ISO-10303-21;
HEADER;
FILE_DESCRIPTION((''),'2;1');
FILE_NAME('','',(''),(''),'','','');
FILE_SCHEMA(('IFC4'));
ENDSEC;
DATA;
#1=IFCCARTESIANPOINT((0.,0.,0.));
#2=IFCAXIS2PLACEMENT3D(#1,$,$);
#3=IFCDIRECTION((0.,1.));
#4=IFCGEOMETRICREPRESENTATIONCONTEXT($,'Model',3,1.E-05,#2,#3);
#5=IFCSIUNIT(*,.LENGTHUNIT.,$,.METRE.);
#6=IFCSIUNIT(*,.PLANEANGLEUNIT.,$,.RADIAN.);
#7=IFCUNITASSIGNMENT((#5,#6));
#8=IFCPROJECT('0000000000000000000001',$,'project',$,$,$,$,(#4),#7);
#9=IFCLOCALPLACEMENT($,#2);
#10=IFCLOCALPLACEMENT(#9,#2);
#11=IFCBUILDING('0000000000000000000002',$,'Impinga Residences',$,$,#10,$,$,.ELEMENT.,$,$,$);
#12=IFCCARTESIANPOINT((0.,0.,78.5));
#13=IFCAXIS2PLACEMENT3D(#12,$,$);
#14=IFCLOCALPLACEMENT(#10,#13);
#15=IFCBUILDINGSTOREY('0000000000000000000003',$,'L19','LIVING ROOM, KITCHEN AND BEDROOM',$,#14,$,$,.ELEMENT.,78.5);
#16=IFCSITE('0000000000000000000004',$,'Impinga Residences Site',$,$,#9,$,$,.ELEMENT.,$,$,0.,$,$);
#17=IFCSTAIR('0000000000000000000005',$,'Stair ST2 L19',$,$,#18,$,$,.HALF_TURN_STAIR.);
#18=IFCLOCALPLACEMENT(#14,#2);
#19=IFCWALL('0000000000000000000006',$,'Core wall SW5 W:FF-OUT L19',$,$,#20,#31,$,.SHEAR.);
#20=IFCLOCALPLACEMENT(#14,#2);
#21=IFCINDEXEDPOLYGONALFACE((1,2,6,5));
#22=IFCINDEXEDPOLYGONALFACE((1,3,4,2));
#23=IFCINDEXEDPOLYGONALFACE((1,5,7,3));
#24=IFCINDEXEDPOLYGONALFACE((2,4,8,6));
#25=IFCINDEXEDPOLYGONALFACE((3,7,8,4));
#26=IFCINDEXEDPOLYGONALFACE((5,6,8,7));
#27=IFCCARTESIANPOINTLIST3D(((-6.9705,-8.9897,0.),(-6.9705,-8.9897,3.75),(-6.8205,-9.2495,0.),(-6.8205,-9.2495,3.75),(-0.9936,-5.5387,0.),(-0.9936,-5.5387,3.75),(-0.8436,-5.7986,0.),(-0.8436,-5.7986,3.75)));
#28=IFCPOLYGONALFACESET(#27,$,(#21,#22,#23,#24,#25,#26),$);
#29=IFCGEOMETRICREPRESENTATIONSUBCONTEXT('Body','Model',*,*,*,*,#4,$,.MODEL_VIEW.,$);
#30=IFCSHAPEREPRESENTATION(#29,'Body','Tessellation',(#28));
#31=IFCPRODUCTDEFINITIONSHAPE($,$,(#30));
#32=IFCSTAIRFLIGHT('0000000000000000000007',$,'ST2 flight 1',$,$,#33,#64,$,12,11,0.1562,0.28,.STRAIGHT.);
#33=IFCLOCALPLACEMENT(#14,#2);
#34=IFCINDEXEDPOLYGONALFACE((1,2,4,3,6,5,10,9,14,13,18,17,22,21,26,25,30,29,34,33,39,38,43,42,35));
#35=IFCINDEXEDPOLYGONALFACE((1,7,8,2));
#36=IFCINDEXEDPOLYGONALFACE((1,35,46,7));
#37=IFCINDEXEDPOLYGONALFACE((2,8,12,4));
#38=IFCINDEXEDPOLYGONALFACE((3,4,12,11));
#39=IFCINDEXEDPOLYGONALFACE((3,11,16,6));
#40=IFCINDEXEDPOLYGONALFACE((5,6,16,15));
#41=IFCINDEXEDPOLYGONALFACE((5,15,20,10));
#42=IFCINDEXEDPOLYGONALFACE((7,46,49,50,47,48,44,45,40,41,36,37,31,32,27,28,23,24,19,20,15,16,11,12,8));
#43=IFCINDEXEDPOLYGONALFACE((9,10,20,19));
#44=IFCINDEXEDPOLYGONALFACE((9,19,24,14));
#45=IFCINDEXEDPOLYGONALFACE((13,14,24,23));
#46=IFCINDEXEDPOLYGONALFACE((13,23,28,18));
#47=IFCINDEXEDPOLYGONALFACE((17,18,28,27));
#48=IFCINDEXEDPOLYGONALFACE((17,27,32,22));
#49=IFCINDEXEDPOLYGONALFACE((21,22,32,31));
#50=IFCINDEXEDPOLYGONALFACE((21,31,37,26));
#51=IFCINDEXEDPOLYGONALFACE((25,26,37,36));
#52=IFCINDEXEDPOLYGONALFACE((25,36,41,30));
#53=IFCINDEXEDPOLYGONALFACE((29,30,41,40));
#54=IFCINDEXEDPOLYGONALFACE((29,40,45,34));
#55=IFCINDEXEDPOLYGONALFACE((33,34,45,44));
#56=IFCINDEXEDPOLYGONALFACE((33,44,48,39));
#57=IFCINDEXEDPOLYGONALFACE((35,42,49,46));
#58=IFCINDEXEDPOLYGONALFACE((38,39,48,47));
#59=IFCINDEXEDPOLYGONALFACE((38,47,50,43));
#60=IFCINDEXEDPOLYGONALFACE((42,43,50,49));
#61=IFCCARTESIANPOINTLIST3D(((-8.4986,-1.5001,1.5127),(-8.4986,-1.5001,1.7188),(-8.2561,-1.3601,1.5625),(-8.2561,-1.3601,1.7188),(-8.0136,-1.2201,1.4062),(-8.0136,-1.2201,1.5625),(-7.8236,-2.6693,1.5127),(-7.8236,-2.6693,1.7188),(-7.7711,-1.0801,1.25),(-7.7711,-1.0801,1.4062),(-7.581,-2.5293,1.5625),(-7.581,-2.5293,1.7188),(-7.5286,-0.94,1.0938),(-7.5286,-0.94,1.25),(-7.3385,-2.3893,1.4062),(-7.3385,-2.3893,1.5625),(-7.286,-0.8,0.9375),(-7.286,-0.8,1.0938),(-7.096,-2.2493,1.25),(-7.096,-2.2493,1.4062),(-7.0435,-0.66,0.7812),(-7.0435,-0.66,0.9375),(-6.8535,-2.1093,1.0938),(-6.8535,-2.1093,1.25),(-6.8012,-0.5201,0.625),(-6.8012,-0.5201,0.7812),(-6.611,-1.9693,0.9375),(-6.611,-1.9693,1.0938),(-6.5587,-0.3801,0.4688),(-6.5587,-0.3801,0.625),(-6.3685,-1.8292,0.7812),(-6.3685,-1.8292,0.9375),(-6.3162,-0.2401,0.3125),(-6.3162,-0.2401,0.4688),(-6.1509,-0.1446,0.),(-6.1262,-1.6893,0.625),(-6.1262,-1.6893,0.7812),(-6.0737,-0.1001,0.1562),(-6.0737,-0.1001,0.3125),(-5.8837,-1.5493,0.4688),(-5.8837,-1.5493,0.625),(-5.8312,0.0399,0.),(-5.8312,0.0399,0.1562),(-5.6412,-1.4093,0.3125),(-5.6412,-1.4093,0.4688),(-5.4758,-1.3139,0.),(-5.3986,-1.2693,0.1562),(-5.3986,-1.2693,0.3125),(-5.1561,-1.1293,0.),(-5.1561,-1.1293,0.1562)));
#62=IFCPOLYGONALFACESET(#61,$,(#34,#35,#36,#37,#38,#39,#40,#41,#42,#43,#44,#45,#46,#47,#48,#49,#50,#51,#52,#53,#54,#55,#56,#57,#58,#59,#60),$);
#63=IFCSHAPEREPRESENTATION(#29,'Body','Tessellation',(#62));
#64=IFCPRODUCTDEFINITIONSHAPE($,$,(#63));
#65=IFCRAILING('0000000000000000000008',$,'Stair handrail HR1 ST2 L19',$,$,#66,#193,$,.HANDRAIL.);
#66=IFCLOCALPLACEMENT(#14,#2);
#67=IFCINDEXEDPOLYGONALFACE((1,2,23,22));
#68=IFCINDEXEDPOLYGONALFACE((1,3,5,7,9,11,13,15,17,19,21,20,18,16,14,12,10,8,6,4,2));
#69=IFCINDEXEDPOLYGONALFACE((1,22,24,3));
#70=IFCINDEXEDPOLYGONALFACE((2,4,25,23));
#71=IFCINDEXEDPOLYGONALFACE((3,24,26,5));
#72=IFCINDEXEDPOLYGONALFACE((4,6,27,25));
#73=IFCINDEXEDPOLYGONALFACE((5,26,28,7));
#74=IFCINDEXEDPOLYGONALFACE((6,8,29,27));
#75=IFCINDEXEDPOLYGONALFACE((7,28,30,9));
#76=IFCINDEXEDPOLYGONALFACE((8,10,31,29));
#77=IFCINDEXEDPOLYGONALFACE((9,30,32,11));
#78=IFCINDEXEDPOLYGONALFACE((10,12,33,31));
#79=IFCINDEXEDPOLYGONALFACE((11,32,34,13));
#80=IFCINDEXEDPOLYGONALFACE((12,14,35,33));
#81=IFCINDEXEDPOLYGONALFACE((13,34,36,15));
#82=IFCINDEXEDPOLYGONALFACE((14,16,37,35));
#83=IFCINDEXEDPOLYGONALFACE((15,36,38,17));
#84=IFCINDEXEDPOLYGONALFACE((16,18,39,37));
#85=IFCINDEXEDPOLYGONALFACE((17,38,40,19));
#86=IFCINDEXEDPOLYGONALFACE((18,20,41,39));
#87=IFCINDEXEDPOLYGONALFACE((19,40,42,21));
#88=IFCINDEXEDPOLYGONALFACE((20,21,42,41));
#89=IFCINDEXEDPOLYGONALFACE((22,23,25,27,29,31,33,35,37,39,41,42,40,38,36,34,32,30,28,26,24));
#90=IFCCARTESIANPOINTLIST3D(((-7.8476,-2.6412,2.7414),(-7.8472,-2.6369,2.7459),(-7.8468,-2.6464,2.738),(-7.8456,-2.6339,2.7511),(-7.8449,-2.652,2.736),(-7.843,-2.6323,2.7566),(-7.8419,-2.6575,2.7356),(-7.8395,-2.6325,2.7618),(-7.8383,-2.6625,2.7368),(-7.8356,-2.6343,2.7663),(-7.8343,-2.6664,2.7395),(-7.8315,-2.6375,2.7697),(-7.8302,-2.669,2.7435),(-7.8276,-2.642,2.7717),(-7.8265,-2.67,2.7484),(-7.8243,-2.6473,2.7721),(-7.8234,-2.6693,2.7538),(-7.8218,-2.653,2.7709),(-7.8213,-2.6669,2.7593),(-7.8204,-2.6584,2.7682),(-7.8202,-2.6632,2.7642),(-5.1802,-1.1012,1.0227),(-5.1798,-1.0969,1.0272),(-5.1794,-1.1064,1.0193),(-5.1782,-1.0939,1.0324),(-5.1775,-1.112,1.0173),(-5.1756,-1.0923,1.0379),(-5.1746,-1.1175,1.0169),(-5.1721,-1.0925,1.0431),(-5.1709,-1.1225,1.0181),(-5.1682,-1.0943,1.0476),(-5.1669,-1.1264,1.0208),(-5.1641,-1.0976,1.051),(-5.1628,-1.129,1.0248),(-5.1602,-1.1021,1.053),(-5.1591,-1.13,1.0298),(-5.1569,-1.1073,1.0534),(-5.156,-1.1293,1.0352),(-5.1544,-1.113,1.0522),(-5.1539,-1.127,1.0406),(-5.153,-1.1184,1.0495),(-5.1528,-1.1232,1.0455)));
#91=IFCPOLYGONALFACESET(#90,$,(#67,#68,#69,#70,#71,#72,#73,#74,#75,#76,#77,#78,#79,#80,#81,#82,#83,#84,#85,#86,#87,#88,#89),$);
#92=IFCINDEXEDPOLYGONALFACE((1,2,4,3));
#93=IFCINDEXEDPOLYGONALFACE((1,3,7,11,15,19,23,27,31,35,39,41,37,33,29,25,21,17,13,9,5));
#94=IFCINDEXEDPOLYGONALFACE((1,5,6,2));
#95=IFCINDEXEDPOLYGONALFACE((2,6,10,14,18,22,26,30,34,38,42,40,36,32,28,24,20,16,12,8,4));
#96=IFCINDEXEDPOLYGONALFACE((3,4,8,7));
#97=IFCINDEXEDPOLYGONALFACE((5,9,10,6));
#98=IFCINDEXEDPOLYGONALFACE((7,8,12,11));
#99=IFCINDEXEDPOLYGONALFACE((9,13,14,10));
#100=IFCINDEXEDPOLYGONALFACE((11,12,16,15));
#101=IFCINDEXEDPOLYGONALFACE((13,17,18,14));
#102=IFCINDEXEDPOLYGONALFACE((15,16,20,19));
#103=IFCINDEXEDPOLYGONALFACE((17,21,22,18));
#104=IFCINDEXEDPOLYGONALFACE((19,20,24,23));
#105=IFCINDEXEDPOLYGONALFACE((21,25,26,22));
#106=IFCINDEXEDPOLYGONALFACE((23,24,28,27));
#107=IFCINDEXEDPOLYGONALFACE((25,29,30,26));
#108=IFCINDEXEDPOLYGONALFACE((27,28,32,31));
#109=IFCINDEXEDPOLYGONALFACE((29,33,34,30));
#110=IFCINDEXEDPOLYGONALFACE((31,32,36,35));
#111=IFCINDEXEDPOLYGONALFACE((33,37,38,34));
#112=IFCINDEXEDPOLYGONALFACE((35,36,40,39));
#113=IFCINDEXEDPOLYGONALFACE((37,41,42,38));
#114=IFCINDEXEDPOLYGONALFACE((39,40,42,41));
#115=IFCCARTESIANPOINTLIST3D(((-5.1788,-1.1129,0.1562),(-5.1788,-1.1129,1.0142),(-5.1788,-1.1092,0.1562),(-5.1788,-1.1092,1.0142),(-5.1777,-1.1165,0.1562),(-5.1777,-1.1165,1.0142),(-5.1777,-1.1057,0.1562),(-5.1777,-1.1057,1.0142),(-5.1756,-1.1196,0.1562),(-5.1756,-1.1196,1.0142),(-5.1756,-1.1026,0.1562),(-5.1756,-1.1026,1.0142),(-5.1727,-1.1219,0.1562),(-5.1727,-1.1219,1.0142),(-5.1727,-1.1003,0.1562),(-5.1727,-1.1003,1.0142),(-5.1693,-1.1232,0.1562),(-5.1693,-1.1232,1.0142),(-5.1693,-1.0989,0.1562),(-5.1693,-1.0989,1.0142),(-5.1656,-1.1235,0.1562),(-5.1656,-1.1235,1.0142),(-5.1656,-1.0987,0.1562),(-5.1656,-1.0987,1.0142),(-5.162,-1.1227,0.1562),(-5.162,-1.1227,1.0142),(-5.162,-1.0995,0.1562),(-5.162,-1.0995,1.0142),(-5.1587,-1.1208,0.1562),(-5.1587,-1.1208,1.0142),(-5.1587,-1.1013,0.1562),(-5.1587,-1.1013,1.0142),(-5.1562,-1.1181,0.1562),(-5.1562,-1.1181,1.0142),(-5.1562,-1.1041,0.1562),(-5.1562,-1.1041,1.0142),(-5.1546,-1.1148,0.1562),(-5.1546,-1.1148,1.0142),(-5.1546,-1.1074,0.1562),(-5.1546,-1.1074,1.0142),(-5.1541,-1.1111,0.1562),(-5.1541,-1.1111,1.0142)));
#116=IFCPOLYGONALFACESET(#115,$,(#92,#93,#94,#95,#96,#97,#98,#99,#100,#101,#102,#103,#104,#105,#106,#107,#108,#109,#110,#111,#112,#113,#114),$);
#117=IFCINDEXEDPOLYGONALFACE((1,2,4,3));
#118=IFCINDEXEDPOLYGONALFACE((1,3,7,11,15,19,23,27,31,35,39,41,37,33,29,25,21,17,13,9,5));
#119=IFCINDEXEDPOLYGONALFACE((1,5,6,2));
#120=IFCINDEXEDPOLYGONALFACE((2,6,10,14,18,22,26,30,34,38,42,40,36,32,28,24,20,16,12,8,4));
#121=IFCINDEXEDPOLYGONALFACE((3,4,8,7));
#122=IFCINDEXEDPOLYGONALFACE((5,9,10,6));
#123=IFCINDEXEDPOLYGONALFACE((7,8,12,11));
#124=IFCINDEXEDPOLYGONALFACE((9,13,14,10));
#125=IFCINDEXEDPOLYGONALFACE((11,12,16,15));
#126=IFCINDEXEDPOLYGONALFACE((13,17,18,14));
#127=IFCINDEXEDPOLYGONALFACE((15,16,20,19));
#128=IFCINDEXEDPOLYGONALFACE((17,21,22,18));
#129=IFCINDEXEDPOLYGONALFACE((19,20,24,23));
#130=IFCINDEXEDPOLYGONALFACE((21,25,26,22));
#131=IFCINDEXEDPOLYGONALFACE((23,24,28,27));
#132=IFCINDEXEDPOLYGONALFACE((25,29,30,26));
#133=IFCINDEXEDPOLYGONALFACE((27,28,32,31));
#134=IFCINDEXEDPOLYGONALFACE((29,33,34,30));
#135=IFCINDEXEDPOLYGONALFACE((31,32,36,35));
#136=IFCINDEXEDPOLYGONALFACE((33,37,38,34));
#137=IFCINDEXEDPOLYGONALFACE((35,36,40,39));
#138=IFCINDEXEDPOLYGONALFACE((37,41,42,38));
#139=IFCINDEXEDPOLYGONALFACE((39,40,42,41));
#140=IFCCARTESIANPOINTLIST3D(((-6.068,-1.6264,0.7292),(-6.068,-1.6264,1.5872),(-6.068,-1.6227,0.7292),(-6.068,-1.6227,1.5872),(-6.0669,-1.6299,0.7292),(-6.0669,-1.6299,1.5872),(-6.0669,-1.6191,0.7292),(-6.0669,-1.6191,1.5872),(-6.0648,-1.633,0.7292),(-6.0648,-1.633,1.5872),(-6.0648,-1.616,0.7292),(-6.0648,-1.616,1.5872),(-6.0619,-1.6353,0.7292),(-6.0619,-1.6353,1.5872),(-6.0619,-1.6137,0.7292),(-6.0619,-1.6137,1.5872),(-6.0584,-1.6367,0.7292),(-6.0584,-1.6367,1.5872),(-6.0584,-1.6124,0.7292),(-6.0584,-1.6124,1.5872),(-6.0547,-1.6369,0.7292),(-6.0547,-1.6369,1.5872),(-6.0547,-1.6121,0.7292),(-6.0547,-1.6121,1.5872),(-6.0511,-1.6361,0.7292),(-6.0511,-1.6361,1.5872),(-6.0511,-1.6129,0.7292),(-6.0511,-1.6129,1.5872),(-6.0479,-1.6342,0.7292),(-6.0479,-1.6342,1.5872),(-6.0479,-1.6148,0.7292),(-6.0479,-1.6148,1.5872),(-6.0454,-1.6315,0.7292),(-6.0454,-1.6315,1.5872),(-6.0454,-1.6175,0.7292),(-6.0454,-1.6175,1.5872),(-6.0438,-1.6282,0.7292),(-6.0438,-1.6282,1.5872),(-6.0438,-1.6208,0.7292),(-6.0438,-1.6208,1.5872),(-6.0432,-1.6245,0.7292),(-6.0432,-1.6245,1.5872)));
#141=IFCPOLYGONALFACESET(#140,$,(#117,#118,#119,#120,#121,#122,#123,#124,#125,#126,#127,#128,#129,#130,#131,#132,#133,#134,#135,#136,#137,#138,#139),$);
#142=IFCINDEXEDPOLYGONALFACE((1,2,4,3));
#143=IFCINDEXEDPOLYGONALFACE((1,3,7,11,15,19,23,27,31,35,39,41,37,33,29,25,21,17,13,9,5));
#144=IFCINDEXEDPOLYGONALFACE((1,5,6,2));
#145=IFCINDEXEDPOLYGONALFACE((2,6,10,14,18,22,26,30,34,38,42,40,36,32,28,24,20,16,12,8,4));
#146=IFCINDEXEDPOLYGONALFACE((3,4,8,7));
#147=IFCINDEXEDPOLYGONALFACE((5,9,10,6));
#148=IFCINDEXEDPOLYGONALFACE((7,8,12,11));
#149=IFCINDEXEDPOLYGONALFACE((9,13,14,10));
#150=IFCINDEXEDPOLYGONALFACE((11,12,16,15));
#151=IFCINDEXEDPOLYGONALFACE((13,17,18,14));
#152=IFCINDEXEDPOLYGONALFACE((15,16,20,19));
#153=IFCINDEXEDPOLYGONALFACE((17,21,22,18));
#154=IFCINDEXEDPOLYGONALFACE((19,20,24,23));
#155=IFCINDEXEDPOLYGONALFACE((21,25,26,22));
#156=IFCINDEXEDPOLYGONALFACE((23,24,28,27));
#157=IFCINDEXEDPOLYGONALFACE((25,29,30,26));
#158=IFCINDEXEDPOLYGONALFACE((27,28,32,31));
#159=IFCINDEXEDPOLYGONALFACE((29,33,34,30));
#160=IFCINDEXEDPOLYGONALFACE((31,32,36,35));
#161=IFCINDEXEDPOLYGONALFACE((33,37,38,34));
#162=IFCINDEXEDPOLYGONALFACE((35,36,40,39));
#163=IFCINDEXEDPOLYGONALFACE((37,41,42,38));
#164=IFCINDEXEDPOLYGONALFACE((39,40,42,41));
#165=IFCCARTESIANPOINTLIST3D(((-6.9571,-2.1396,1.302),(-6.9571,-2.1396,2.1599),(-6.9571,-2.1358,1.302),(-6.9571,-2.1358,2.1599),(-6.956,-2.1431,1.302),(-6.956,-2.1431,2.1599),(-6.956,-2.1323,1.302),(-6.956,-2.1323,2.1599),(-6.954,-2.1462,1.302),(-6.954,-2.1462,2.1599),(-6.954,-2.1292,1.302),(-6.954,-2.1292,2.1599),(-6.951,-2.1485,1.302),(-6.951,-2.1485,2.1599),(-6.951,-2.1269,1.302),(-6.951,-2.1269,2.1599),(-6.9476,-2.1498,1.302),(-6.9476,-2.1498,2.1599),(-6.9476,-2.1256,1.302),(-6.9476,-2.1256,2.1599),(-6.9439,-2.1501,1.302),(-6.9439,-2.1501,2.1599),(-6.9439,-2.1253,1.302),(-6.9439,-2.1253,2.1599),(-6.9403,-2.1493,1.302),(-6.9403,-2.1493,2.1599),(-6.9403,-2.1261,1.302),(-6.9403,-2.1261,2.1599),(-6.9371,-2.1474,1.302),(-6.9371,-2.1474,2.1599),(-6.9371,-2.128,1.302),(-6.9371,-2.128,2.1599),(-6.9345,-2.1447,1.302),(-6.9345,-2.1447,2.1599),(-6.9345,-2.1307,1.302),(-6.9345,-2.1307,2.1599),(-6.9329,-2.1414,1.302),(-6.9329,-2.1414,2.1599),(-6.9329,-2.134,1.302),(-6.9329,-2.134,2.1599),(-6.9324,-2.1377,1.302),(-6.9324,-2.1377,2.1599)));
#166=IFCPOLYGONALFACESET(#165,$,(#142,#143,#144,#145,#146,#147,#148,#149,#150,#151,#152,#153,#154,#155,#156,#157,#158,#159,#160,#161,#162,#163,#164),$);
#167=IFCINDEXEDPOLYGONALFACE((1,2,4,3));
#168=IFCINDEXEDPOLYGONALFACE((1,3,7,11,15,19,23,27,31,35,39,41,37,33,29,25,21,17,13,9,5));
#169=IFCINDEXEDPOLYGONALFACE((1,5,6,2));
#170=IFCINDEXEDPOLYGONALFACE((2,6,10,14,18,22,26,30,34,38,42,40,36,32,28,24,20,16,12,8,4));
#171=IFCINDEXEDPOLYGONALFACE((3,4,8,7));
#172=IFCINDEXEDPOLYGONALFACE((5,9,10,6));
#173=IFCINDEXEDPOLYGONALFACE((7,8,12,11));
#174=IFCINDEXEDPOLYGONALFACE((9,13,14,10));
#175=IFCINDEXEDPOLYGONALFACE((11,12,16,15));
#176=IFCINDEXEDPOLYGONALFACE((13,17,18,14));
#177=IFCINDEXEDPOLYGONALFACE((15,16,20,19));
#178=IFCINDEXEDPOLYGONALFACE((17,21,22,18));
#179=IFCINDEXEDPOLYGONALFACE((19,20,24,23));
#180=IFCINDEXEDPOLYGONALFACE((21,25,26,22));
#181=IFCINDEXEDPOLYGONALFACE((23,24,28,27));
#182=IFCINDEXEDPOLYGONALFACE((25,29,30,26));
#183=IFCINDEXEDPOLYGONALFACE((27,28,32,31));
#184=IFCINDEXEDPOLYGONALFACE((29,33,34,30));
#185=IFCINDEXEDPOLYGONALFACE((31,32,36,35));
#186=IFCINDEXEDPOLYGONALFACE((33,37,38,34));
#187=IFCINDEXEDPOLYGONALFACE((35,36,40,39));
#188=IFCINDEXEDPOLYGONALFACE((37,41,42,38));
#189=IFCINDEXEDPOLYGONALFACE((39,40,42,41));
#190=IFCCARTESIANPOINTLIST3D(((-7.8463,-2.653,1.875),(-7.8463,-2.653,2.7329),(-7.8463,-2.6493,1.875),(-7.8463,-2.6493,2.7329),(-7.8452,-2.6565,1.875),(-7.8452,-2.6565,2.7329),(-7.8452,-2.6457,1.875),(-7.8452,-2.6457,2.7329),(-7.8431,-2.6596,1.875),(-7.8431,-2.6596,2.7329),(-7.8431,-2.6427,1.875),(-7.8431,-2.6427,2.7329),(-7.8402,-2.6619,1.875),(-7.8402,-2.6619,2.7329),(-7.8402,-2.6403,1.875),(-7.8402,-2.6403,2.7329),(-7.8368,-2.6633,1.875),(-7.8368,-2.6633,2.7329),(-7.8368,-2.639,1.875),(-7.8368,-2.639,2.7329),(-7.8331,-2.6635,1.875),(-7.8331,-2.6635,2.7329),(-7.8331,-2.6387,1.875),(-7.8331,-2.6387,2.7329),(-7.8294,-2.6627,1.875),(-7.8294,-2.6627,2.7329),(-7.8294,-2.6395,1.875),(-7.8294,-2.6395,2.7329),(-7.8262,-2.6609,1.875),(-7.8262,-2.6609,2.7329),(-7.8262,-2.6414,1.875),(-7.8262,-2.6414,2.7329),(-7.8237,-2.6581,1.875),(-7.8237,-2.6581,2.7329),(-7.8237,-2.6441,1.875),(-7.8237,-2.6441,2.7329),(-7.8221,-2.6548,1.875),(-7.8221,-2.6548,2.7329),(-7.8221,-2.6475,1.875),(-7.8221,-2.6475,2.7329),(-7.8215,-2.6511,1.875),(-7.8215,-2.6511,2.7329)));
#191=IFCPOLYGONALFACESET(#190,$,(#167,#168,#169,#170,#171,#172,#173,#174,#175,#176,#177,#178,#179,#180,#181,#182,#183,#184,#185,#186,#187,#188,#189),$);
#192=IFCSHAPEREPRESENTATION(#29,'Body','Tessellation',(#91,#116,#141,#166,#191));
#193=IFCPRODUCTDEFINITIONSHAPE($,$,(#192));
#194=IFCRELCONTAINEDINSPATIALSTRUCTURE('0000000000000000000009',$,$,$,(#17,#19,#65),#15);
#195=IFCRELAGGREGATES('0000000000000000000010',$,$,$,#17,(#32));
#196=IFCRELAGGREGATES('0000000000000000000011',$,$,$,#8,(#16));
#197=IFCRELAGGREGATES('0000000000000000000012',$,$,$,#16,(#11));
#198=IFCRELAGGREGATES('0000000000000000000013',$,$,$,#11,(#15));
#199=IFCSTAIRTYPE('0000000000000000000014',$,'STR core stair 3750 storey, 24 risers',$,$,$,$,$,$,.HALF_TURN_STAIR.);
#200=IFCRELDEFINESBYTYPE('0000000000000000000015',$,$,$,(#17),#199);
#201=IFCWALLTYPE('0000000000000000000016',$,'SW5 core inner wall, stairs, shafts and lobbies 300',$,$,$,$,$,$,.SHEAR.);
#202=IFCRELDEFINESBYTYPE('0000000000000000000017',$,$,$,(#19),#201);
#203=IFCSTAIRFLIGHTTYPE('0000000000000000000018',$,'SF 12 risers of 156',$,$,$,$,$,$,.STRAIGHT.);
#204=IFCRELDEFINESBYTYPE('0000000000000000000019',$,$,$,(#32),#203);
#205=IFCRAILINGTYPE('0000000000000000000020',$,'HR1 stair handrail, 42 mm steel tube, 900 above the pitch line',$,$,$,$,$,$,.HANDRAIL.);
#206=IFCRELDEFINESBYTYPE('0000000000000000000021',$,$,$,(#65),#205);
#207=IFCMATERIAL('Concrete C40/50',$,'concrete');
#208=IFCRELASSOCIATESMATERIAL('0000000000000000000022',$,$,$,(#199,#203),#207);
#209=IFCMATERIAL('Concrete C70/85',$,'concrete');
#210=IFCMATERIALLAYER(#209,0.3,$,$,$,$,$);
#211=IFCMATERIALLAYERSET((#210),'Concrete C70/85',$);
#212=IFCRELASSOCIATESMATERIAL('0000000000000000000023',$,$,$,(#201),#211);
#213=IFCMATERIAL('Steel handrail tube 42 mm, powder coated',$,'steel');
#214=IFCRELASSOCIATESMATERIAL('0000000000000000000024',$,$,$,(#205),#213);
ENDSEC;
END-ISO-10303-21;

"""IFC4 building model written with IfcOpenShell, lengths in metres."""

from ifc_helpers import new_model, si_unit, direction, frame, frame_2d, origin, origin_2d, place, context, subcontext, project, spatial, polyline, rectangle, circle, outline, extrude, material, layer, layer_set, type_object, element, aggregate, save


model = new_model("IFC4")

# Units and contexts
model_context = context("Model", 3, precision=1e-05, world=origin(), true_north=direction((0.0, 1.0)))
body_context = subcontext(model_context, "Body", "Model", "MODEL_VIEW")
ifc_project = project(units=[si_unit("LENGTHUNIT", "METRE"), si_unit("PLANEANGLEUNIT", "RADIAN")], contexts=[model_context])

# Site, building, storey
site_placement = place(None, origin())
site = spatial("IfcSite", under=ifc_project, at=site_placement, Name="Impinga Residences Site", CompositionType="ELEMENT", RefElevation=0.0)
building_placement = place(site_placement, origin())
building = spatial("IfcBuilding", under=site, at=building_placement, Name="Impinga Residences", CompositionType="ELEMENT")
storey_placement = place(building_placement, frame((0.0, 0.0, 78.5)))
storey = spatial("IfcBuildingStorey", under=building, at=storey_placement, Name="L19", Description="LIVING ROOM, KITCHEN AND BEDROOM", CompositionType="ELEMENT", Elevation=78.5)

# Shared definitions
ifc_material_1 = material(Name="Concrete C40/50", Category="concrete")
stair_type = type_object("IfcStairType", Name="STR core stair 3750 storey, 24 risers", PredefinedType="HALF_TURN_STAIR", material=ifc_material_1)

# Stair
stair_1_placement = place(storey_placement, origin())
stair_1 = element("IfcStair", 1, at=stair_1_placement, inside=storey, type_object=stair_type, Name="Stair ST2 L19", PredefinedType="HALF_TURN_STAIR")

# Shared definitions
ifc_material_2 = material(Name="Concrete C70/85", Category="concrete")

# Shared definitions
ifc_layer_1 = layer(ifc_material_2, 0.3)
ifc_layer_set_1 = layer_set([ifc_layer_1], Name="Concrete C70/85")
wall_type_1 = type_object("IfcWallType", Name="SW5 core inner wall, stairs, shafts and lobbies 300", PredefinedType="SHEAR", material=ifc_layer_set_1)

# Wall
wall_1_placement = place(storey_placement, frame((-0.9187, -5.6687, 0.0), z_axis=(0.0, 0.0, 1.0), x_axis=(-0.866012, -0.500024, 0.0)))
element("IfcWall", 2, at=wall_1_placement, inside=storey, type_object=wall_type_1, Name="Core wall SW5 W:FF-OUT L19", PredefinedType="SHEAR", context=body_context, shape_type="SweptSolid", body=[
    extrude(rectangle(XDim=6.9016, YDim=0.3, at=frame_2d((3.4507, 0.0))), origin(), (0.0, 0.0, 1.0), 3.75),
])

# Stair flight
stair_flight_type = type_object("IfcStairFlightType", Name="SF 12 risers of 156", PredefinedType="STRAIGHT", material=ifc_material_1)
stair_flight_placement = place(storey_placement, frame((-5.4937, -0.5447, 0.0), z_axis=(0.0, 0.0, 1.0), x_axis=(-0.866025, -0.5, 0.0)))
stair_flight = element("IfcStairFlight", 3, at=stair_flight_placement, type_object=stair_flight_type, Name="ST2 flight 1", NumberOfRisers=12, NumberOfTreads=11, PredefinedType="STRAIGHT", RiserHeight=0.1562, TreadLength=0.28, context=body_context, shape_type="SweptSolid", body=[
    extrude(outline(polyline([(0.0, 0.0), (0.0, 0.1562), (0.28, 0.1562), (0.28, 0.3125), (0.5601, 0.3125), (0.5601, 0.4688), (0.8401, 0.4688), (0.8401, 0.625), (1.1201, 0.625), (1.1201, 0.7812), (1.3999, 0.7812), (1.3999, 0.9375), (1.6799, 0.9375), (1.6799, 1.0938), (1.96, 1.0938), (1.96, 1.25), (2.24, 1.25), (2.24, 1.4062), (2.52, 1.4062), (2.52, 1.5625), (2.8, 1.5625), (2.8, 1.7188), (3.0801, 1.7188), (3.0801, 1.875), (3.0801, 1.5127), (0.3691, 0.0), (0.0, 0.0)])), frame((0.0, 0.675, 0.0), z_axis=(0.0, -1.0, 0.0), x_axis=(1.0, 0.0, 0.0)), (0.0, 0.0, 1.0), 1.3501),
])
aggregate(stair_1, [stair_flight])

# Railing
ifc_material_3 = material(Name="Steel handrail tube 42 mm, powder coated", Category="steel")
railing_type = type_object("IfcRailingType", Name="HR1 stair handrail, 42 mm steel tube, 900 above the pitch line", PredefinedType="HANDRAIL", material=ifc_material_3)
railing_placement = place(storey_placement, frame((-5.1665, -1.1111, 0.1562)))
element("IfcRailing", 4, at=railing_placement, inside=storey, type_object=railing_type, Name="Stair handrail HR1 ST2 L19", PredefinedType="HANDRAIL", context=body_context, shape_type="SweptSolid", body=[
    extrude(circle(Radius=0.021, at=origin_2d()), frame((0.0, 0.0, 0.8789), z_axis=(-0.756256, -0.436616, 0.487282), x_axis=(0.499992, -0.86603, 0.0)), (0.0, 0.0, 1.0), 3.5271),
    extrude(circle(Radius=0.0125, at=origin_2d()), origin(), (0.0, 0.0, 1.0), 0.8579),
    extrude(circle(Radius=0.0125, at=origin_2d()), frame((-0.8892, -0.5134, 0.573)), (0.0, 0.0, 1.0), 0.8579),
    extrude(circle(Radius=0.0125, at=origin_2d()), frame((-1.7783, -1.0266, 1.1458)), (0.0, 0.0, 1.0), 0.8579),
    extrude(circle(Radius=0.0125, at=origin_2d()), frame((-2.6675, -1.54, 1.7188)), (0.0, 0.0, 1.0), 0.8579),
])

save(model, "model.ifc")
